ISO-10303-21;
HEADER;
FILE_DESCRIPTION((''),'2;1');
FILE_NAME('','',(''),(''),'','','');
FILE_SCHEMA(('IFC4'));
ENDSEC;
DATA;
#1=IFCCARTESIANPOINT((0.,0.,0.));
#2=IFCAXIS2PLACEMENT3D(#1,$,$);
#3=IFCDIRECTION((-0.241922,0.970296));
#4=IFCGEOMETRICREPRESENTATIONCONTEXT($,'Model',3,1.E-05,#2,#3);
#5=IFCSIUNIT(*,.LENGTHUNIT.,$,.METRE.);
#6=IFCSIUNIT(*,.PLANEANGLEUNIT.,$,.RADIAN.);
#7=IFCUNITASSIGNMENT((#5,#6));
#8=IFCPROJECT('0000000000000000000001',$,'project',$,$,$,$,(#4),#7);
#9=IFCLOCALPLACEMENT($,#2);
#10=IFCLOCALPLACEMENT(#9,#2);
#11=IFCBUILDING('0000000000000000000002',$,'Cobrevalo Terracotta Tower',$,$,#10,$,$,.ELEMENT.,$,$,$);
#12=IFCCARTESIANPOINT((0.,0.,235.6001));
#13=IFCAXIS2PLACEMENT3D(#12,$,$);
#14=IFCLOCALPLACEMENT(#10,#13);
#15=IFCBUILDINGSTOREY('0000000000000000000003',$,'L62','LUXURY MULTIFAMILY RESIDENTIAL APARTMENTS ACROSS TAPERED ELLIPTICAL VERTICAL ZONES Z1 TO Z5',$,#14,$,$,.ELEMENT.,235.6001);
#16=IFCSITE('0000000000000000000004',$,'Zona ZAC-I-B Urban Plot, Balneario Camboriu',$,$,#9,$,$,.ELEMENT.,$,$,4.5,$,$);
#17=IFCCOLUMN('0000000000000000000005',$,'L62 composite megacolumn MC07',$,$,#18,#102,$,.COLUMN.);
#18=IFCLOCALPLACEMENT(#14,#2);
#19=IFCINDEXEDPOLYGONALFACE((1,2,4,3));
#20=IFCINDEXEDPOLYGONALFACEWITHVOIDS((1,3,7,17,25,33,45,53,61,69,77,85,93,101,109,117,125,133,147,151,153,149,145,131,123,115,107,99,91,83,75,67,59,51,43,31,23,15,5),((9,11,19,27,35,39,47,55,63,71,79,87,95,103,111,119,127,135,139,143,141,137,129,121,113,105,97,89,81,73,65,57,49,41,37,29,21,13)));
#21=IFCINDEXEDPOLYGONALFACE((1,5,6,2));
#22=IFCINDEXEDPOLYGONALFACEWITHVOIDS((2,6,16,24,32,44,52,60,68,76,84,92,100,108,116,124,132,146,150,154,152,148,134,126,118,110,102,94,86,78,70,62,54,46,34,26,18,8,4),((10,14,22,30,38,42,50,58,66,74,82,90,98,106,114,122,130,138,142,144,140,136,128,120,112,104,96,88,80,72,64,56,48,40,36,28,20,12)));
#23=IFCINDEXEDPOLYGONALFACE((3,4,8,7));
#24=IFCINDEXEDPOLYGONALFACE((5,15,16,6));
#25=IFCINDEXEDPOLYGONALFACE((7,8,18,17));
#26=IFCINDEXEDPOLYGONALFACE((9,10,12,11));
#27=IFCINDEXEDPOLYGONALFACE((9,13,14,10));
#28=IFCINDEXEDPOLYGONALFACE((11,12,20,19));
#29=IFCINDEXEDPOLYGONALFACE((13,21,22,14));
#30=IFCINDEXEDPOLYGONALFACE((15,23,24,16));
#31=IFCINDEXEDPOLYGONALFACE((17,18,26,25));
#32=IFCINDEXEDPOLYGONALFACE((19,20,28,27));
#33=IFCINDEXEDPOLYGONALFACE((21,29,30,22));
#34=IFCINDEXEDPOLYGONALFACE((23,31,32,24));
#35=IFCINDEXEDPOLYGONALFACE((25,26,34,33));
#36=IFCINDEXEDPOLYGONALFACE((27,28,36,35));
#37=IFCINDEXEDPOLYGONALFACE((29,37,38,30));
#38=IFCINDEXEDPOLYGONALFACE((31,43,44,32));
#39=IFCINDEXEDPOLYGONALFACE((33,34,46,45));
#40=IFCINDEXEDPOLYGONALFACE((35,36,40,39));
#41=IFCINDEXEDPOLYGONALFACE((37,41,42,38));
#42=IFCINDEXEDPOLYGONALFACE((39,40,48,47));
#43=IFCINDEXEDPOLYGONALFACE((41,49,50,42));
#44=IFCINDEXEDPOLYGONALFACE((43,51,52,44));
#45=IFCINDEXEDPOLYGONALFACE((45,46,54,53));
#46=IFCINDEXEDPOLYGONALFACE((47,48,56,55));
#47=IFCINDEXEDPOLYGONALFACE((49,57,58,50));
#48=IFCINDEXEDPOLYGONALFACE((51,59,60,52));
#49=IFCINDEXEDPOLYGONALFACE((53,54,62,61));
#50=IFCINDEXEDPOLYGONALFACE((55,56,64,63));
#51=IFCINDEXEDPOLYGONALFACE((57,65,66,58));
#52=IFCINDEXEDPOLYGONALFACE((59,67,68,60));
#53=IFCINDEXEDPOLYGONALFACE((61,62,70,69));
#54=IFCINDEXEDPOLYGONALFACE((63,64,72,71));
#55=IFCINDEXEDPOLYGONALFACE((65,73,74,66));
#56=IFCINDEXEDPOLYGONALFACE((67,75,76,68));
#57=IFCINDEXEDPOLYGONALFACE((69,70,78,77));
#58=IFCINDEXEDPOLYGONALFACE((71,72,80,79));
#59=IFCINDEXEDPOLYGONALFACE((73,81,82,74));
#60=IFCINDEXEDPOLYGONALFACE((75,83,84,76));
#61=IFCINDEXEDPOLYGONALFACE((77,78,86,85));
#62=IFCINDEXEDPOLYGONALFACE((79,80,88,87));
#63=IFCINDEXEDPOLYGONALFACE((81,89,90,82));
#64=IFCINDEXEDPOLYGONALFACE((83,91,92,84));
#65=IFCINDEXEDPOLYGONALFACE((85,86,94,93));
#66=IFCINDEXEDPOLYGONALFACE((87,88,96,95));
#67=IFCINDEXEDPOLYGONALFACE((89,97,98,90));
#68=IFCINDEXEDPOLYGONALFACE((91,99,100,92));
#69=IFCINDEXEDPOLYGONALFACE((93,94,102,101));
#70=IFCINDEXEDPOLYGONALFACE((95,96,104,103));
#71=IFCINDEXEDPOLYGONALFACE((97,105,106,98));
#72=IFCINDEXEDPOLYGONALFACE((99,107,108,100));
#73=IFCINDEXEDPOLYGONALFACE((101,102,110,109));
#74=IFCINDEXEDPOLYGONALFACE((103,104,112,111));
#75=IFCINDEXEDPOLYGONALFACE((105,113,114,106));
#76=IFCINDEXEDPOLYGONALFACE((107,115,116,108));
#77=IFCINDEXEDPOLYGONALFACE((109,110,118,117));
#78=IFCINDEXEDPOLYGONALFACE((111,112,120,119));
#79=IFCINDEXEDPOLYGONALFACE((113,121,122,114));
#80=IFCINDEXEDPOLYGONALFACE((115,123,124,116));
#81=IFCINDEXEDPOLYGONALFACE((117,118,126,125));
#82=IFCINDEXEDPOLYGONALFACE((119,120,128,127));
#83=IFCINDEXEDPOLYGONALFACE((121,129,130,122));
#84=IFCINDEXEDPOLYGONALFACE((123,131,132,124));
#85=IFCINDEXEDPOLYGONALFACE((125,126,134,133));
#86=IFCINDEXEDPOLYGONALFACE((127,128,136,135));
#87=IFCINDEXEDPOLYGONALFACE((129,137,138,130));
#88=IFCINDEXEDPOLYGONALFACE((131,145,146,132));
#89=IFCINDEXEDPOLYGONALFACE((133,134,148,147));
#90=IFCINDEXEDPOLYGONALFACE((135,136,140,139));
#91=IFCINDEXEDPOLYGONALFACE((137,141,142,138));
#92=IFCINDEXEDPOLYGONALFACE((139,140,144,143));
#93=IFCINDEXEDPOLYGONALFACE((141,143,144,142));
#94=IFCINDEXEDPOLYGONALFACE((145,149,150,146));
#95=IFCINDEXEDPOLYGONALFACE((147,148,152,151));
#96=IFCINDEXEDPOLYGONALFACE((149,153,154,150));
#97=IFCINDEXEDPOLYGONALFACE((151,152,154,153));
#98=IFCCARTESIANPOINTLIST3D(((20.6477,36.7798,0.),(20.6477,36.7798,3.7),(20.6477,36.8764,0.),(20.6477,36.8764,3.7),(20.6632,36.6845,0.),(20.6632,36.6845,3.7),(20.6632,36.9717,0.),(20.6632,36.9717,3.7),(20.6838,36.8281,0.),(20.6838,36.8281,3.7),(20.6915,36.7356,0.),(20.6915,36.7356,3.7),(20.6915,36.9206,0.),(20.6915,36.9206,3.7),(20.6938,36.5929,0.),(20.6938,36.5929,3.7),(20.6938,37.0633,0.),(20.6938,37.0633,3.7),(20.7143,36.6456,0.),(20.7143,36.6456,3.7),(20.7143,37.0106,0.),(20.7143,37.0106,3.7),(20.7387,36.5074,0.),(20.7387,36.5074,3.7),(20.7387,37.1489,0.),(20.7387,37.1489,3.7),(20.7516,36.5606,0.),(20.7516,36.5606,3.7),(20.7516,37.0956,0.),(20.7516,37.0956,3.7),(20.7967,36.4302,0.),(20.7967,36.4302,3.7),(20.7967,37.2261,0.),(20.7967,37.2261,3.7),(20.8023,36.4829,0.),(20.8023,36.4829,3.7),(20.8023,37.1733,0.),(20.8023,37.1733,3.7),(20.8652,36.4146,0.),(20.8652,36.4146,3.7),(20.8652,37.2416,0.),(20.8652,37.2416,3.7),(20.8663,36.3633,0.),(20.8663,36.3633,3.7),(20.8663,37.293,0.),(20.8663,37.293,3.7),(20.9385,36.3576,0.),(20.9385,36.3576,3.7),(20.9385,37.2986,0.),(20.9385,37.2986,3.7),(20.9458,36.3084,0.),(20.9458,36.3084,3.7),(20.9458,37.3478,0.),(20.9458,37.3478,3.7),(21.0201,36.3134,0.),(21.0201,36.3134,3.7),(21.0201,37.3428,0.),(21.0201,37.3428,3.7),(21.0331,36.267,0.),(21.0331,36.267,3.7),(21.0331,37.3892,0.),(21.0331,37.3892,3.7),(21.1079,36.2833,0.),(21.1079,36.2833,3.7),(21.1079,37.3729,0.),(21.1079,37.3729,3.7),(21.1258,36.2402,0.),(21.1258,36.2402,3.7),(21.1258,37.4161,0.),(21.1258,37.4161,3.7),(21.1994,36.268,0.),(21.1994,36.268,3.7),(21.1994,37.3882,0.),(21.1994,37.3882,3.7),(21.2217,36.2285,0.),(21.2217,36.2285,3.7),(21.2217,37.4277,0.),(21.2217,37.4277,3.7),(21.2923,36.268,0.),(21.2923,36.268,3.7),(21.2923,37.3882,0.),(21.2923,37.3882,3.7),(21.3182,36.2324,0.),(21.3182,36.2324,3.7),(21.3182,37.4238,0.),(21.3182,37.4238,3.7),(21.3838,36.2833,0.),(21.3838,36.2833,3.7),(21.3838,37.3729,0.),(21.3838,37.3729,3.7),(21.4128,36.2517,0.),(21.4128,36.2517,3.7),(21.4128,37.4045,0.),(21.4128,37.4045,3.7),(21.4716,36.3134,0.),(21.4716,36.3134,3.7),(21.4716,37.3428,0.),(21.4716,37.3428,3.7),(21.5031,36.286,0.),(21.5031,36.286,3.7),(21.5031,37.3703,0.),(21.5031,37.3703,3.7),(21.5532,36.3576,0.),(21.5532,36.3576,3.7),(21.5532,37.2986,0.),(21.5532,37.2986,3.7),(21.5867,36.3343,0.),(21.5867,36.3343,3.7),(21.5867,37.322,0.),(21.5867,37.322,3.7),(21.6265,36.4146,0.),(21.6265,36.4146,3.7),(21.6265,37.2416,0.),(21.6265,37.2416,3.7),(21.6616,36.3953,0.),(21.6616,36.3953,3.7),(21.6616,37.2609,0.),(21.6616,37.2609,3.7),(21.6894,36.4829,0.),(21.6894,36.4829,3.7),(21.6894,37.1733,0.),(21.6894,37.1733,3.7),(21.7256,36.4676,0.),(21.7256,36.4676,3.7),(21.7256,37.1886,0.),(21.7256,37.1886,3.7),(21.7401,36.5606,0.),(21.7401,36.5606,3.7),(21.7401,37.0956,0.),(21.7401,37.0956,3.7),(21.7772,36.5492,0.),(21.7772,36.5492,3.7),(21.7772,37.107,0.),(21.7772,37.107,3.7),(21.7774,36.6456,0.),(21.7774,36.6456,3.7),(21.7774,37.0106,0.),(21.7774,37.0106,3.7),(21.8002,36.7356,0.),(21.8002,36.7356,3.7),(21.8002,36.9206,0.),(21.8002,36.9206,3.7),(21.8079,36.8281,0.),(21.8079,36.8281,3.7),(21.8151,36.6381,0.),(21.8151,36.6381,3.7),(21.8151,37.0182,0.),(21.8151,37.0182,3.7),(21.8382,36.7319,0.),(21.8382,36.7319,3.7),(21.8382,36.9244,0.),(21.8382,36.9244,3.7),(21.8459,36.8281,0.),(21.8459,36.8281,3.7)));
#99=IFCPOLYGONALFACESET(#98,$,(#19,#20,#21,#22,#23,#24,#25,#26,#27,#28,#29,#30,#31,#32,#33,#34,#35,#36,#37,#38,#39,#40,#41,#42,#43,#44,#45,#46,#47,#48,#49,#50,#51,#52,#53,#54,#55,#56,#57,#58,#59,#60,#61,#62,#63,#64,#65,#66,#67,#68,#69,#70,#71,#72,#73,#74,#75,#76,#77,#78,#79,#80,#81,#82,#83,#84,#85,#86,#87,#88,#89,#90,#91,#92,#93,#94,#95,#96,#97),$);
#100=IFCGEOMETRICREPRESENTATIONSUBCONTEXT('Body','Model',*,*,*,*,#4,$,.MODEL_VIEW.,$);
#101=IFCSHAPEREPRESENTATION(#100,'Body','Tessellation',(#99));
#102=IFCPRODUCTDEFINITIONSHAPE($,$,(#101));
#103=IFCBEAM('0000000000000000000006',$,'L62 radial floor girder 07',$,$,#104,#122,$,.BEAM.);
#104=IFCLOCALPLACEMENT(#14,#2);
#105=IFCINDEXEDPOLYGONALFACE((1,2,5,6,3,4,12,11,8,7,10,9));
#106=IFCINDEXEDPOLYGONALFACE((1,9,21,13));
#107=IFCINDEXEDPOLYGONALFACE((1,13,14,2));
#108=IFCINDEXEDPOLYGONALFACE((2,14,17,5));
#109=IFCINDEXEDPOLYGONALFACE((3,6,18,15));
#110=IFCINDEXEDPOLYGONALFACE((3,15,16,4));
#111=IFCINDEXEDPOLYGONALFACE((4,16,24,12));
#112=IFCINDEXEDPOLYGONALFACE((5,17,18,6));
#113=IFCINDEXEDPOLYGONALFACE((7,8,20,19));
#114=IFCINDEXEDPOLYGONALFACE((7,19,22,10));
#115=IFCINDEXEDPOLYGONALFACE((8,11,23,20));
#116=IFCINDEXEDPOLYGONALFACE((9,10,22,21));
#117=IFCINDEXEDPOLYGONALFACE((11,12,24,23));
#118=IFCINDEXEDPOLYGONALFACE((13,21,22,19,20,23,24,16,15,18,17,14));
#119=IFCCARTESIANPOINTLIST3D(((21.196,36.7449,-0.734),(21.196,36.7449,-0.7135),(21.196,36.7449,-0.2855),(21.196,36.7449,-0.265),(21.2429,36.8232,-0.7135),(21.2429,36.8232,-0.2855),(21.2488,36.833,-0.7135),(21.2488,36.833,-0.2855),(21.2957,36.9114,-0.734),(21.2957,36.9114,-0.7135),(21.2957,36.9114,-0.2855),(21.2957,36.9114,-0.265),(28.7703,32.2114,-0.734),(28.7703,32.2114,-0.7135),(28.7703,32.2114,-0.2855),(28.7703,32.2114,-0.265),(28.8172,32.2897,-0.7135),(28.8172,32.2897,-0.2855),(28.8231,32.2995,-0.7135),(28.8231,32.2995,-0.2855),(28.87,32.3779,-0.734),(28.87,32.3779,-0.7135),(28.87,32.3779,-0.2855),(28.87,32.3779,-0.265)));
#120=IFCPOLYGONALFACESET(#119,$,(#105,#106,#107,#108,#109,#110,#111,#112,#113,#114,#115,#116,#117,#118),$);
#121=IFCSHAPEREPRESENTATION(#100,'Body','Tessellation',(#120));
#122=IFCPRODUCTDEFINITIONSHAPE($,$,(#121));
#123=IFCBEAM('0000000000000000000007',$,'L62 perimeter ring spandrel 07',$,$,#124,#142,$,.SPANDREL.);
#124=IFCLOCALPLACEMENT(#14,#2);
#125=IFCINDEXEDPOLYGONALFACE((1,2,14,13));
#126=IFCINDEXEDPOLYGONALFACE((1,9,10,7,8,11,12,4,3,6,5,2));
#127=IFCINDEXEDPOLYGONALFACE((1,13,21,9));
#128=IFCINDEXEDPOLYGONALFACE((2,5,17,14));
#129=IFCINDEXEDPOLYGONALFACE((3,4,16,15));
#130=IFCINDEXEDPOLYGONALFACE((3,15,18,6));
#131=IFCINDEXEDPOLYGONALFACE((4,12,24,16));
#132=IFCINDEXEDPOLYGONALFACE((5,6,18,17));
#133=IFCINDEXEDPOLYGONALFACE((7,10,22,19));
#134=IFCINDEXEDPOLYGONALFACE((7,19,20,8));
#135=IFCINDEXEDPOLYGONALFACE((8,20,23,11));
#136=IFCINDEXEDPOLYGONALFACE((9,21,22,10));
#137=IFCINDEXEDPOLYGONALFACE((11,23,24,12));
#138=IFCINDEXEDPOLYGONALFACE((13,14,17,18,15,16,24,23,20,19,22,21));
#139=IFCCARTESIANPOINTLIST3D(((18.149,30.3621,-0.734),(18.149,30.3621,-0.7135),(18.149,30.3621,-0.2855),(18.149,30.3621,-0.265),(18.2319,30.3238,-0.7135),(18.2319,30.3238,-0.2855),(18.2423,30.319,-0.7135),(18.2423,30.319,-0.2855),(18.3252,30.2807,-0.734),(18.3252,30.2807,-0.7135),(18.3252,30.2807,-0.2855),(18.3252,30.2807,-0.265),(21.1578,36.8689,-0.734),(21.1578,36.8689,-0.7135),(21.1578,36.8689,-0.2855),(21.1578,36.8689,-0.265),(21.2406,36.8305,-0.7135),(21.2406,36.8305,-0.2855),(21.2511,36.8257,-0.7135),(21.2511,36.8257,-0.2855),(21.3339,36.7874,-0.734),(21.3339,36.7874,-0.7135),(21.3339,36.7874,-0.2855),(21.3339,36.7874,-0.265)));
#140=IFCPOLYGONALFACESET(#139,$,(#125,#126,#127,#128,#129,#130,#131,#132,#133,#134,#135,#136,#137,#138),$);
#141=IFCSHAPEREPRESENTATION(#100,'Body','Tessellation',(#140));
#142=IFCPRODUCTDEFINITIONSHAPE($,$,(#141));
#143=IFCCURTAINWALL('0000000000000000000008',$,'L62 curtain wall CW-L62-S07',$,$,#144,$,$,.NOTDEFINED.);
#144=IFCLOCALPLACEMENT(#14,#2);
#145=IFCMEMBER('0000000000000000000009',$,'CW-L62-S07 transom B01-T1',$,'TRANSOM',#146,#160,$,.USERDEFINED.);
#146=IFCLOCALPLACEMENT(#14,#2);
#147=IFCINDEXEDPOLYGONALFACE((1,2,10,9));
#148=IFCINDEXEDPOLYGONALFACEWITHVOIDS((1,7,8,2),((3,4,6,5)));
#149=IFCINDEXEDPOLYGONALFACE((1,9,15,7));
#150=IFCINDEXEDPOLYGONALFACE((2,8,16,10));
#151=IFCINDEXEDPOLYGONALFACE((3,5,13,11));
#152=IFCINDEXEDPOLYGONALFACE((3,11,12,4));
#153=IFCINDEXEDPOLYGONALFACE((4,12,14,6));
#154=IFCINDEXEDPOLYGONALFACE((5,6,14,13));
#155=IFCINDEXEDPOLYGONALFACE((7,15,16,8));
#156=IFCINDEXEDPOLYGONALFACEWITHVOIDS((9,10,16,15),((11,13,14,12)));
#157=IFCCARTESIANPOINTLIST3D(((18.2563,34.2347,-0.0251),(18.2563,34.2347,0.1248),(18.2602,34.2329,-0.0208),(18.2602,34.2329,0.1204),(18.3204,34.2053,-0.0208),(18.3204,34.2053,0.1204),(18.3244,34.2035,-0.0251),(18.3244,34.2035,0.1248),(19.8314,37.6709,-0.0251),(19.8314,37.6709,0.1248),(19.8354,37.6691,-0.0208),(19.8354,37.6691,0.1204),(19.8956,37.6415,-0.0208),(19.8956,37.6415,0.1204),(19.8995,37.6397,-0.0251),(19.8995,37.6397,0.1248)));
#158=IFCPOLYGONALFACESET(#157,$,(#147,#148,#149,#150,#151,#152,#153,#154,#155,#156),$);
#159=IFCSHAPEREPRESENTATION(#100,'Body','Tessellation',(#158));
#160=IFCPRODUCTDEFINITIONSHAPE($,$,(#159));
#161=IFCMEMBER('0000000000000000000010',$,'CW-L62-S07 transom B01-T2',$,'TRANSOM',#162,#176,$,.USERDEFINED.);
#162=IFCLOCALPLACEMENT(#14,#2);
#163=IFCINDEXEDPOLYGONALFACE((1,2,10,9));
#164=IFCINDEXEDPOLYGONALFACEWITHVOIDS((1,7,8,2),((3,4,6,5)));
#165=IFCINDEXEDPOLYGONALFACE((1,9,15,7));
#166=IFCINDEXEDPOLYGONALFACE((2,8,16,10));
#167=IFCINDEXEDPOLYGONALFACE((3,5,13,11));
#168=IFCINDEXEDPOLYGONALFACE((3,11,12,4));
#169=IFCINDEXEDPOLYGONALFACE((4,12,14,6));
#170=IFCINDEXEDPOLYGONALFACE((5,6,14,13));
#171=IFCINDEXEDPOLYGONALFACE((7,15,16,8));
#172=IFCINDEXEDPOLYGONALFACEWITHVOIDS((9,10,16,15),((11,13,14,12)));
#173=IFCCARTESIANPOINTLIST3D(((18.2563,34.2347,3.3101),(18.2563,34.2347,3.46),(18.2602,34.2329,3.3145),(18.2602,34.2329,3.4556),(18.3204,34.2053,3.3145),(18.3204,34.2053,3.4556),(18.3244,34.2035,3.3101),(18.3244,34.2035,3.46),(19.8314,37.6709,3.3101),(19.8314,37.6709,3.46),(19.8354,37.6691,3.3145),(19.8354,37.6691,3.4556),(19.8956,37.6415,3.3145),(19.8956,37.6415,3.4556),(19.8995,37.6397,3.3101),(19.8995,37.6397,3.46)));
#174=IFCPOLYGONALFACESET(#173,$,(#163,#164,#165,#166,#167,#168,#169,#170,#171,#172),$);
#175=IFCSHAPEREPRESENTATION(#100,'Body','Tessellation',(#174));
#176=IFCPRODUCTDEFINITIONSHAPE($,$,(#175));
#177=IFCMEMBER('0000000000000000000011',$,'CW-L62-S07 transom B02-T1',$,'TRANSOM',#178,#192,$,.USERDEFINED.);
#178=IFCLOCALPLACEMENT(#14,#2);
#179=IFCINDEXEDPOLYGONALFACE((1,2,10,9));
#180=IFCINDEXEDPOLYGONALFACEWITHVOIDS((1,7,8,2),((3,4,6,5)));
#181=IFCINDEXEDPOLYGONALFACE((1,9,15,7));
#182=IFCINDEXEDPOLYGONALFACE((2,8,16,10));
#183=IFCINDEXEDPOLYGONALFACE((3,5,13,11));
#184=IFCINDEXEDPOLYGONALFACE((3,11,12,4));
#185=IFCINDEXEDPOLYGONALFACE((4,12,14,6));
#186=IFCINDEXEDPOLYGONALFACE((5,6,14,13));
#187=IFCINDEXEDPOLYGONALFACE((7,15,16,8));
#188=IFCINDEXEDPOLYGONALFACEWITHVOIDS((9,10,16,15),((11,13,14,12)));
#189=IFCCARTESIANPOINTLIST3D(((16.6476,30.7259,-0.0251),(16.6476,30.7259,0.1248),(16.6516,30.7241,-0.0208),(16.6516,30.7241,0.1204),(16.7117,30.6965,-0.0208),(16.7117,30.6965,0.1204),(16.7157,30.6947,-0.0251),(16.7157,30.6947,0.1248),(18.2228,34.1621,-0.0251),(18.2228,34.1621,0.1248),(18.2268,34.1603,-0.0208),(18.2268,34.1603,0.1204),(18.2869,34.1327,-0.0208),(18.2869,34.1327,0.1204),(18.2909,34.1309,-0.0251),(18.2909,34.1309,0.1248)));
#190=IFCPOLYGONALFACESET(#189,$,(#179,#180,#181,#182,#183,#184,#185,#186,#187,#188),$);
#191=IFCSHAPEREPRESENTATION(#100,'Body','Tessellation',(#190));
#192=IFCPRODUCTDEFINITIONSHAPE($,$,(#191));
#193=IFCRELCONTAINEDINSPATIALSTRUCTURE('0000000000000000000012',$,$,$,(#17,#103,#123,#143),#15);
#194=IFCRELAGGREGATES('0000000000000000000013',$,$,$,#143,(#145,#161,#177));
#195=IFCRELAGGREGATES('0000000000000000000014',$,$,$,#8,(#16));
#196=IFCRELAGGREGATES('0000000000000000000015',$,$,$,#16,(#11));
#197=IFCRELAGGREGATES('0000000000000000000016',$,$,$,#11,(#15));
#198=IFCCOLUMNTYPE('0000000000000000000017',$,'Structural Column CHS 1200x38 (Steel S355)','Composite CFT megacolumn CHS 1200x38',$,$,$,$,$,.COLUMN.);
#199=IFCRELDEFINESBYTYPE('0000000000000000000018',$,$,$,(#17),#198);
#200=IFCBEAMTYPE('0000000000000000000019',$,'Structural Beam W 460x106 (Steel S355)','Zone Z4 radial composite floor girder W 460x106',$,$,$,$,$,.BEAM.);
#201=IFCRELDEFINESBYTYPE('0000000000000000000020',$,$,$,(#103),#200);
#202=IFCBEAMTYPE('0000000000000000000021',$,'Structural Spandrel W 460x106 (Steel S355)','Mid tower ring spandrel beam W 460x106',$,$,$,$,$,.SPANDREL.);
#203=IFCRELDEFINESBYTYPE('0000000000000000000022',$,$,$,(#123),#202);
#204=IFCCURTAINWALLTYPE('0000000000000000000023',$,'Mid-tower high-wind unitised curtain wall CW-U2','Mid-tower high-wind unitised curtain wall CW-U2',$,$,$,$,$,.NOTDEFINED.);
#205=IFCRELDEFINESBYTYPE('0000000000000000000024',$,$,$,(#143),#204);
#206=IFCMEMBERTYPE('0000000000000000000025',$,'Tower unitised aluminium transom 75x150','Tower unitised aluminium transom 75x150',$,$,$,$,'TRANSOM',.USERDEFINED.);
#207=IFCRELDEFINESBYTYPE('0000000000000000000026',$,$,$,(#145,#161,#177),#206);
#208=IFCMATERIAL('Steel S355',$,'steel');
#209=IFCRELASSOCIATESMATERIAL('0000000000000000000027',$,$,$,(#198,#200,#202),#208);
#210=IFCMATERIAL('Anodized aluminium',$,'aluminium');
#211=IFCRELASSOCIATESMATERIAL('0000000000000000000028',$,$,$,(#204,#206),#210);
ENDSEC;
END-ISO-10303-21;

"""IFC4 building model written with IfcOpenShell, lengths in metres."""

from ifc_helpers import new_model, si_unit, direction, frame, origin, origin_2d, place, context, subcontext, project, spatial, hollow_rectangle, hollow_circle, i_section, extrude, source, transform, mapped, material, material_profile, profile_set, type_object, element, aggregate, save


model = new_model("IFC4")

# Units and contexts
model_context = context("Model", 3, precision=1e-05, world=origin(), true_north=direction((-0.241922, 0.970296)))
body_context = subcontext(model_context, "Body", "Model", "MODEL_VIEW")
ifc_project = project(units=[si_unit("LENGTHUNIT", "METRE"), si_unit("PLANEANGLEUNIT", "RADIAN")], contexts=[model_context])

# Site, building, storey
site_placement = place(None, origin())
site = spatial("IfcSite", under=ifc_project, at=site_placement, Name="Zona ZAC-I-B Urban Plot, Balneario Camboriu", CompositionType="ELEMENT", RefElevation=4.5)
building_placement = place(site_placement, origin())
building = spatial("IfcBuilding", under=site, at=building_placement, Name="Cobrevalo Terracotta Tower", CompositionType="ELEMENT")
storey_placement = place(building_placement, frame((0.0, 0.0, 235.6001)))
storey = spatial("IfcBuildingStorey", under=building, at=storey_placement, Name="L62", Description="LUXURY MULTIFAMILY RESIDENTIAL APARTMENTS ACROSS TAPERED ELLIPTICAL VERTICAL ZONES Z1 TO Z5", CompositionType="ELEMENT", Elevation=235.6001)

# Column
ifc_material_1 = material(Name="Steel S355", Category="steel")
ifc_material_profile_1 = material_profile(ifc_material_1, hollow_circle(Radius=0.6001, WallThickness=0.0381, at=origin_2d()), Name="CHS 1200x38")
ifc_profile_set_1 = profile_set([ifc_material_profile_1], Name="Steel S355")
column_type = type_object("IfcColumnType", Name="Structural Column CHS 1200x38 (Steel S355)", Description="Composite CFT megacolumn CHS 1200x38", PredefinedType="COLUMN", material=ifc_profile_set_1)
column_placement = place(storey_placement, frame((21.2458, 36.8281, 0.0), z_axis=(0.0, 0.0, 1.0), x_axis=(1.0, 0.0, 0.0)))
element("IfcColumn", 1, at=column_placement, inside=storey, type_object=column_type, Name="L62 composite megacolumn MC07", PredefinedType="COLUMN", context=body_context, shape_type="SweptSolid", body=[
    extrude(hollow_circle(Radius=0.6001, WallThickness=0.0381, at=origin_2d()), origin(), (0.0, 0.0, 1.0), 3.7),
])

# Beams
ifc_material_profile_2 = material_profile(ifc_material_1, i_section(OverallWidth=0.1941, OverallDepth=0.469, WebThickness=0.0115, FlangeThickness=0.0205, at=origin_2d()), Name="W 460x106")
ifc_profile_set_2 = profile_set([ifc_material_profile_2], Name="Steel S355")
beam_type_1 = type_object("IfcBeamType", Name="Structural Beam W 460x106 (Steel S355)", Description="Zone Z4 radial composite floor girder W 460x106", PredefinedType="BEAM", material=ifc_profile_set_2)
beam_1_placement = place(storey_placement, frame((21.2458, 36.8281, -0.4995), z_axis=(0.858046, -0.513572, 0.0), x_axis=(0.513572, 0.858046, 0.0)))
element("IfcBeam", 2, at=beam_1_placement, inside=storey, type_object=beam_type_1, Name="L62 radial floor girder 07", PredefinedType="BEAM", context=body_context, shape_type="SweptSolid", body=[
    extrude(i_section(OverallWidth=0.1941, OverallDepth=0.469, WebThickness=0.0115, FlangeThickness=0.0205, at=origin_2d()), origin(), (0.0, 0.0, 1.0), 8.8274),
])
ifc_material_profile_3 = material_profile(ifc_material_1, i_section(OverallWidth=0.1941, OverallDepth=0.469, WebThickness=0.0115, FlangeThickness=0.0205, at=origin_2d()), Name="W 460x106")
ifc_profile_set_3 = profile_set([ifc_material_profile_3], Name="Steel S355")
beam_type_2 = type_object("IfcBeamType", Name="Structural Spandrel W 460x106 (Steel S355)", Description="Mid tower ring spandrel beam W 460x106", PredefinedType="SPANDREL", material=ifc_profile_set_3)
beam_2_placement = place(storey_placement, frame((21.2458, 36.8281, -0.4995), z_axis=(-0.419706, -0.90766, 0.0), x_axis=(0.90766, -0.419706, 0.0)))
element("IfcBeam", 3, at=beam_2_placement, inside=storey, type_object=beam_type_2, Name="L62 perimeter ring spandrel 07", PredefinedType="SPANDREL", context=body_context, shape_type="SweptSolid", body=[
    extrude(i_section(OverallWidth=0.1941, OverallDepth=0.469, WebThickness=0.0115, FlangeThickness=0.0205, at=origin_2d()), origin(), (0.0, 0.0, 1.0), 7.1687),
])

# Curtain wall, members
ifc_material_2 = material(Name="Anodized aluminium", Category="aluminium")
curtain_wall_type = type_object("IfcCurtainWallType", Name="Mid-tower high-wind unitised curtain wall CW-U2", Description="Mid-tower high-wind unitised curtain wall CW-U2", PredefinedType="NOTDEFINED", material=ifc_material_2)
curtain_wall_1_placement = place(storey_placement, origin())
curtain_wall_1 = element("IfcCurtainWall", 4, at=curtain_wall_1_placement, inside=storey, type_object=curtain_wall_type, Name="L62 curtain wall CW-L62-S07", PredefinedType="NOTDEFINED")
ifc_material_profile_4 = material_profile(ifc_material_2, hollow_rectangle(XDim=0.075, YDim=0.1499, WallThickness=0.0044, at=origin_2d()), Name="CWT 75x150")
ifc_profile_set_4 = profile_set([ifc_material_profile_4], Name="Anodized aluminium")
member_type_1 = type_object("IfcMemberType", Name="Tower unitised aluminium transom 75x150", Description="Tower unitised aluminium transom 75x150", ElementType="TRANSOM", PredefinedType="USERDEFINED", material=ifc_profile_set_4)
shared_shape_1 = source(origin(), body_context, "Body", "SweptSolid", [
    extrude(hollow_rectangle(XDim=0.075, YDim=0.1499, WallThickness=0.0044, at=origin_2d()), origin(), (0.0, 0.0, 1.0), 3.78),
])
member_1_placement = place(storey_placement, frame((19.8655, 37.6553, 0.0498), z_axis=(-0.416706, -0.909041, 0.0), x_axis=(0.909041, -0.416706, 0.0)))
member_1 = element("IfcMember", 5, at=member_1_placement, type_object=member_type_1, Name="CW-L62-S07 transom B01-T1", ObjectType="TRANSOM", PredefinedType="USERDEFINED", context=body_context, shape_type="MappedRepresentation", body=[
    mapped(shared_shape_1, transform((0.0, 0.0, 0.0), scale=1.0)),
])
member_2_placement = place(storey_placement, frame((19.8655, 37.6553, 3.385), z_axis=(-0.416706, -0.909041, 0.0), x_axis=(0.909041, -0.416706, 0.0)))
member_2 = element("IfcMember", 6, at=member_2_placement, type_object=member_type_1, Name="CW-L62-S07 transom B01-T2", ObjectType="TRANSOM", PredefinedType="USERDEFINED", context=body_context, shape_type="MappedRepresentation", body=[
    mapped(shared_shape_1, transform((0.0, 0.0, 0.0), scale=1.0)),
])
member_3_placement = place(storey_placement, frame((18.2568, 34.1465, 0.0498), z_axis=(-0.416706, -0.909041, 0.0), x_axis=(0.909041, -0.416706, 0.0)))
member_3 = element("IfcMember", 7, at=member_3_placement, type_object=member_type_1, Name="CW-L62-S07 transom B02-T1", ObjectType="TRANSOM", PredefinedType="USERDEFINED", context=body_context, shape_type="MappedRepresentation", body=[
    mapped(shared_shape_1, transform((0.0, 0.0, 0.0), scale=1.0)),
])

aggregate(curtain_wall_1, [member_1, member_2, member_3])

save(model, "model.ifc")
